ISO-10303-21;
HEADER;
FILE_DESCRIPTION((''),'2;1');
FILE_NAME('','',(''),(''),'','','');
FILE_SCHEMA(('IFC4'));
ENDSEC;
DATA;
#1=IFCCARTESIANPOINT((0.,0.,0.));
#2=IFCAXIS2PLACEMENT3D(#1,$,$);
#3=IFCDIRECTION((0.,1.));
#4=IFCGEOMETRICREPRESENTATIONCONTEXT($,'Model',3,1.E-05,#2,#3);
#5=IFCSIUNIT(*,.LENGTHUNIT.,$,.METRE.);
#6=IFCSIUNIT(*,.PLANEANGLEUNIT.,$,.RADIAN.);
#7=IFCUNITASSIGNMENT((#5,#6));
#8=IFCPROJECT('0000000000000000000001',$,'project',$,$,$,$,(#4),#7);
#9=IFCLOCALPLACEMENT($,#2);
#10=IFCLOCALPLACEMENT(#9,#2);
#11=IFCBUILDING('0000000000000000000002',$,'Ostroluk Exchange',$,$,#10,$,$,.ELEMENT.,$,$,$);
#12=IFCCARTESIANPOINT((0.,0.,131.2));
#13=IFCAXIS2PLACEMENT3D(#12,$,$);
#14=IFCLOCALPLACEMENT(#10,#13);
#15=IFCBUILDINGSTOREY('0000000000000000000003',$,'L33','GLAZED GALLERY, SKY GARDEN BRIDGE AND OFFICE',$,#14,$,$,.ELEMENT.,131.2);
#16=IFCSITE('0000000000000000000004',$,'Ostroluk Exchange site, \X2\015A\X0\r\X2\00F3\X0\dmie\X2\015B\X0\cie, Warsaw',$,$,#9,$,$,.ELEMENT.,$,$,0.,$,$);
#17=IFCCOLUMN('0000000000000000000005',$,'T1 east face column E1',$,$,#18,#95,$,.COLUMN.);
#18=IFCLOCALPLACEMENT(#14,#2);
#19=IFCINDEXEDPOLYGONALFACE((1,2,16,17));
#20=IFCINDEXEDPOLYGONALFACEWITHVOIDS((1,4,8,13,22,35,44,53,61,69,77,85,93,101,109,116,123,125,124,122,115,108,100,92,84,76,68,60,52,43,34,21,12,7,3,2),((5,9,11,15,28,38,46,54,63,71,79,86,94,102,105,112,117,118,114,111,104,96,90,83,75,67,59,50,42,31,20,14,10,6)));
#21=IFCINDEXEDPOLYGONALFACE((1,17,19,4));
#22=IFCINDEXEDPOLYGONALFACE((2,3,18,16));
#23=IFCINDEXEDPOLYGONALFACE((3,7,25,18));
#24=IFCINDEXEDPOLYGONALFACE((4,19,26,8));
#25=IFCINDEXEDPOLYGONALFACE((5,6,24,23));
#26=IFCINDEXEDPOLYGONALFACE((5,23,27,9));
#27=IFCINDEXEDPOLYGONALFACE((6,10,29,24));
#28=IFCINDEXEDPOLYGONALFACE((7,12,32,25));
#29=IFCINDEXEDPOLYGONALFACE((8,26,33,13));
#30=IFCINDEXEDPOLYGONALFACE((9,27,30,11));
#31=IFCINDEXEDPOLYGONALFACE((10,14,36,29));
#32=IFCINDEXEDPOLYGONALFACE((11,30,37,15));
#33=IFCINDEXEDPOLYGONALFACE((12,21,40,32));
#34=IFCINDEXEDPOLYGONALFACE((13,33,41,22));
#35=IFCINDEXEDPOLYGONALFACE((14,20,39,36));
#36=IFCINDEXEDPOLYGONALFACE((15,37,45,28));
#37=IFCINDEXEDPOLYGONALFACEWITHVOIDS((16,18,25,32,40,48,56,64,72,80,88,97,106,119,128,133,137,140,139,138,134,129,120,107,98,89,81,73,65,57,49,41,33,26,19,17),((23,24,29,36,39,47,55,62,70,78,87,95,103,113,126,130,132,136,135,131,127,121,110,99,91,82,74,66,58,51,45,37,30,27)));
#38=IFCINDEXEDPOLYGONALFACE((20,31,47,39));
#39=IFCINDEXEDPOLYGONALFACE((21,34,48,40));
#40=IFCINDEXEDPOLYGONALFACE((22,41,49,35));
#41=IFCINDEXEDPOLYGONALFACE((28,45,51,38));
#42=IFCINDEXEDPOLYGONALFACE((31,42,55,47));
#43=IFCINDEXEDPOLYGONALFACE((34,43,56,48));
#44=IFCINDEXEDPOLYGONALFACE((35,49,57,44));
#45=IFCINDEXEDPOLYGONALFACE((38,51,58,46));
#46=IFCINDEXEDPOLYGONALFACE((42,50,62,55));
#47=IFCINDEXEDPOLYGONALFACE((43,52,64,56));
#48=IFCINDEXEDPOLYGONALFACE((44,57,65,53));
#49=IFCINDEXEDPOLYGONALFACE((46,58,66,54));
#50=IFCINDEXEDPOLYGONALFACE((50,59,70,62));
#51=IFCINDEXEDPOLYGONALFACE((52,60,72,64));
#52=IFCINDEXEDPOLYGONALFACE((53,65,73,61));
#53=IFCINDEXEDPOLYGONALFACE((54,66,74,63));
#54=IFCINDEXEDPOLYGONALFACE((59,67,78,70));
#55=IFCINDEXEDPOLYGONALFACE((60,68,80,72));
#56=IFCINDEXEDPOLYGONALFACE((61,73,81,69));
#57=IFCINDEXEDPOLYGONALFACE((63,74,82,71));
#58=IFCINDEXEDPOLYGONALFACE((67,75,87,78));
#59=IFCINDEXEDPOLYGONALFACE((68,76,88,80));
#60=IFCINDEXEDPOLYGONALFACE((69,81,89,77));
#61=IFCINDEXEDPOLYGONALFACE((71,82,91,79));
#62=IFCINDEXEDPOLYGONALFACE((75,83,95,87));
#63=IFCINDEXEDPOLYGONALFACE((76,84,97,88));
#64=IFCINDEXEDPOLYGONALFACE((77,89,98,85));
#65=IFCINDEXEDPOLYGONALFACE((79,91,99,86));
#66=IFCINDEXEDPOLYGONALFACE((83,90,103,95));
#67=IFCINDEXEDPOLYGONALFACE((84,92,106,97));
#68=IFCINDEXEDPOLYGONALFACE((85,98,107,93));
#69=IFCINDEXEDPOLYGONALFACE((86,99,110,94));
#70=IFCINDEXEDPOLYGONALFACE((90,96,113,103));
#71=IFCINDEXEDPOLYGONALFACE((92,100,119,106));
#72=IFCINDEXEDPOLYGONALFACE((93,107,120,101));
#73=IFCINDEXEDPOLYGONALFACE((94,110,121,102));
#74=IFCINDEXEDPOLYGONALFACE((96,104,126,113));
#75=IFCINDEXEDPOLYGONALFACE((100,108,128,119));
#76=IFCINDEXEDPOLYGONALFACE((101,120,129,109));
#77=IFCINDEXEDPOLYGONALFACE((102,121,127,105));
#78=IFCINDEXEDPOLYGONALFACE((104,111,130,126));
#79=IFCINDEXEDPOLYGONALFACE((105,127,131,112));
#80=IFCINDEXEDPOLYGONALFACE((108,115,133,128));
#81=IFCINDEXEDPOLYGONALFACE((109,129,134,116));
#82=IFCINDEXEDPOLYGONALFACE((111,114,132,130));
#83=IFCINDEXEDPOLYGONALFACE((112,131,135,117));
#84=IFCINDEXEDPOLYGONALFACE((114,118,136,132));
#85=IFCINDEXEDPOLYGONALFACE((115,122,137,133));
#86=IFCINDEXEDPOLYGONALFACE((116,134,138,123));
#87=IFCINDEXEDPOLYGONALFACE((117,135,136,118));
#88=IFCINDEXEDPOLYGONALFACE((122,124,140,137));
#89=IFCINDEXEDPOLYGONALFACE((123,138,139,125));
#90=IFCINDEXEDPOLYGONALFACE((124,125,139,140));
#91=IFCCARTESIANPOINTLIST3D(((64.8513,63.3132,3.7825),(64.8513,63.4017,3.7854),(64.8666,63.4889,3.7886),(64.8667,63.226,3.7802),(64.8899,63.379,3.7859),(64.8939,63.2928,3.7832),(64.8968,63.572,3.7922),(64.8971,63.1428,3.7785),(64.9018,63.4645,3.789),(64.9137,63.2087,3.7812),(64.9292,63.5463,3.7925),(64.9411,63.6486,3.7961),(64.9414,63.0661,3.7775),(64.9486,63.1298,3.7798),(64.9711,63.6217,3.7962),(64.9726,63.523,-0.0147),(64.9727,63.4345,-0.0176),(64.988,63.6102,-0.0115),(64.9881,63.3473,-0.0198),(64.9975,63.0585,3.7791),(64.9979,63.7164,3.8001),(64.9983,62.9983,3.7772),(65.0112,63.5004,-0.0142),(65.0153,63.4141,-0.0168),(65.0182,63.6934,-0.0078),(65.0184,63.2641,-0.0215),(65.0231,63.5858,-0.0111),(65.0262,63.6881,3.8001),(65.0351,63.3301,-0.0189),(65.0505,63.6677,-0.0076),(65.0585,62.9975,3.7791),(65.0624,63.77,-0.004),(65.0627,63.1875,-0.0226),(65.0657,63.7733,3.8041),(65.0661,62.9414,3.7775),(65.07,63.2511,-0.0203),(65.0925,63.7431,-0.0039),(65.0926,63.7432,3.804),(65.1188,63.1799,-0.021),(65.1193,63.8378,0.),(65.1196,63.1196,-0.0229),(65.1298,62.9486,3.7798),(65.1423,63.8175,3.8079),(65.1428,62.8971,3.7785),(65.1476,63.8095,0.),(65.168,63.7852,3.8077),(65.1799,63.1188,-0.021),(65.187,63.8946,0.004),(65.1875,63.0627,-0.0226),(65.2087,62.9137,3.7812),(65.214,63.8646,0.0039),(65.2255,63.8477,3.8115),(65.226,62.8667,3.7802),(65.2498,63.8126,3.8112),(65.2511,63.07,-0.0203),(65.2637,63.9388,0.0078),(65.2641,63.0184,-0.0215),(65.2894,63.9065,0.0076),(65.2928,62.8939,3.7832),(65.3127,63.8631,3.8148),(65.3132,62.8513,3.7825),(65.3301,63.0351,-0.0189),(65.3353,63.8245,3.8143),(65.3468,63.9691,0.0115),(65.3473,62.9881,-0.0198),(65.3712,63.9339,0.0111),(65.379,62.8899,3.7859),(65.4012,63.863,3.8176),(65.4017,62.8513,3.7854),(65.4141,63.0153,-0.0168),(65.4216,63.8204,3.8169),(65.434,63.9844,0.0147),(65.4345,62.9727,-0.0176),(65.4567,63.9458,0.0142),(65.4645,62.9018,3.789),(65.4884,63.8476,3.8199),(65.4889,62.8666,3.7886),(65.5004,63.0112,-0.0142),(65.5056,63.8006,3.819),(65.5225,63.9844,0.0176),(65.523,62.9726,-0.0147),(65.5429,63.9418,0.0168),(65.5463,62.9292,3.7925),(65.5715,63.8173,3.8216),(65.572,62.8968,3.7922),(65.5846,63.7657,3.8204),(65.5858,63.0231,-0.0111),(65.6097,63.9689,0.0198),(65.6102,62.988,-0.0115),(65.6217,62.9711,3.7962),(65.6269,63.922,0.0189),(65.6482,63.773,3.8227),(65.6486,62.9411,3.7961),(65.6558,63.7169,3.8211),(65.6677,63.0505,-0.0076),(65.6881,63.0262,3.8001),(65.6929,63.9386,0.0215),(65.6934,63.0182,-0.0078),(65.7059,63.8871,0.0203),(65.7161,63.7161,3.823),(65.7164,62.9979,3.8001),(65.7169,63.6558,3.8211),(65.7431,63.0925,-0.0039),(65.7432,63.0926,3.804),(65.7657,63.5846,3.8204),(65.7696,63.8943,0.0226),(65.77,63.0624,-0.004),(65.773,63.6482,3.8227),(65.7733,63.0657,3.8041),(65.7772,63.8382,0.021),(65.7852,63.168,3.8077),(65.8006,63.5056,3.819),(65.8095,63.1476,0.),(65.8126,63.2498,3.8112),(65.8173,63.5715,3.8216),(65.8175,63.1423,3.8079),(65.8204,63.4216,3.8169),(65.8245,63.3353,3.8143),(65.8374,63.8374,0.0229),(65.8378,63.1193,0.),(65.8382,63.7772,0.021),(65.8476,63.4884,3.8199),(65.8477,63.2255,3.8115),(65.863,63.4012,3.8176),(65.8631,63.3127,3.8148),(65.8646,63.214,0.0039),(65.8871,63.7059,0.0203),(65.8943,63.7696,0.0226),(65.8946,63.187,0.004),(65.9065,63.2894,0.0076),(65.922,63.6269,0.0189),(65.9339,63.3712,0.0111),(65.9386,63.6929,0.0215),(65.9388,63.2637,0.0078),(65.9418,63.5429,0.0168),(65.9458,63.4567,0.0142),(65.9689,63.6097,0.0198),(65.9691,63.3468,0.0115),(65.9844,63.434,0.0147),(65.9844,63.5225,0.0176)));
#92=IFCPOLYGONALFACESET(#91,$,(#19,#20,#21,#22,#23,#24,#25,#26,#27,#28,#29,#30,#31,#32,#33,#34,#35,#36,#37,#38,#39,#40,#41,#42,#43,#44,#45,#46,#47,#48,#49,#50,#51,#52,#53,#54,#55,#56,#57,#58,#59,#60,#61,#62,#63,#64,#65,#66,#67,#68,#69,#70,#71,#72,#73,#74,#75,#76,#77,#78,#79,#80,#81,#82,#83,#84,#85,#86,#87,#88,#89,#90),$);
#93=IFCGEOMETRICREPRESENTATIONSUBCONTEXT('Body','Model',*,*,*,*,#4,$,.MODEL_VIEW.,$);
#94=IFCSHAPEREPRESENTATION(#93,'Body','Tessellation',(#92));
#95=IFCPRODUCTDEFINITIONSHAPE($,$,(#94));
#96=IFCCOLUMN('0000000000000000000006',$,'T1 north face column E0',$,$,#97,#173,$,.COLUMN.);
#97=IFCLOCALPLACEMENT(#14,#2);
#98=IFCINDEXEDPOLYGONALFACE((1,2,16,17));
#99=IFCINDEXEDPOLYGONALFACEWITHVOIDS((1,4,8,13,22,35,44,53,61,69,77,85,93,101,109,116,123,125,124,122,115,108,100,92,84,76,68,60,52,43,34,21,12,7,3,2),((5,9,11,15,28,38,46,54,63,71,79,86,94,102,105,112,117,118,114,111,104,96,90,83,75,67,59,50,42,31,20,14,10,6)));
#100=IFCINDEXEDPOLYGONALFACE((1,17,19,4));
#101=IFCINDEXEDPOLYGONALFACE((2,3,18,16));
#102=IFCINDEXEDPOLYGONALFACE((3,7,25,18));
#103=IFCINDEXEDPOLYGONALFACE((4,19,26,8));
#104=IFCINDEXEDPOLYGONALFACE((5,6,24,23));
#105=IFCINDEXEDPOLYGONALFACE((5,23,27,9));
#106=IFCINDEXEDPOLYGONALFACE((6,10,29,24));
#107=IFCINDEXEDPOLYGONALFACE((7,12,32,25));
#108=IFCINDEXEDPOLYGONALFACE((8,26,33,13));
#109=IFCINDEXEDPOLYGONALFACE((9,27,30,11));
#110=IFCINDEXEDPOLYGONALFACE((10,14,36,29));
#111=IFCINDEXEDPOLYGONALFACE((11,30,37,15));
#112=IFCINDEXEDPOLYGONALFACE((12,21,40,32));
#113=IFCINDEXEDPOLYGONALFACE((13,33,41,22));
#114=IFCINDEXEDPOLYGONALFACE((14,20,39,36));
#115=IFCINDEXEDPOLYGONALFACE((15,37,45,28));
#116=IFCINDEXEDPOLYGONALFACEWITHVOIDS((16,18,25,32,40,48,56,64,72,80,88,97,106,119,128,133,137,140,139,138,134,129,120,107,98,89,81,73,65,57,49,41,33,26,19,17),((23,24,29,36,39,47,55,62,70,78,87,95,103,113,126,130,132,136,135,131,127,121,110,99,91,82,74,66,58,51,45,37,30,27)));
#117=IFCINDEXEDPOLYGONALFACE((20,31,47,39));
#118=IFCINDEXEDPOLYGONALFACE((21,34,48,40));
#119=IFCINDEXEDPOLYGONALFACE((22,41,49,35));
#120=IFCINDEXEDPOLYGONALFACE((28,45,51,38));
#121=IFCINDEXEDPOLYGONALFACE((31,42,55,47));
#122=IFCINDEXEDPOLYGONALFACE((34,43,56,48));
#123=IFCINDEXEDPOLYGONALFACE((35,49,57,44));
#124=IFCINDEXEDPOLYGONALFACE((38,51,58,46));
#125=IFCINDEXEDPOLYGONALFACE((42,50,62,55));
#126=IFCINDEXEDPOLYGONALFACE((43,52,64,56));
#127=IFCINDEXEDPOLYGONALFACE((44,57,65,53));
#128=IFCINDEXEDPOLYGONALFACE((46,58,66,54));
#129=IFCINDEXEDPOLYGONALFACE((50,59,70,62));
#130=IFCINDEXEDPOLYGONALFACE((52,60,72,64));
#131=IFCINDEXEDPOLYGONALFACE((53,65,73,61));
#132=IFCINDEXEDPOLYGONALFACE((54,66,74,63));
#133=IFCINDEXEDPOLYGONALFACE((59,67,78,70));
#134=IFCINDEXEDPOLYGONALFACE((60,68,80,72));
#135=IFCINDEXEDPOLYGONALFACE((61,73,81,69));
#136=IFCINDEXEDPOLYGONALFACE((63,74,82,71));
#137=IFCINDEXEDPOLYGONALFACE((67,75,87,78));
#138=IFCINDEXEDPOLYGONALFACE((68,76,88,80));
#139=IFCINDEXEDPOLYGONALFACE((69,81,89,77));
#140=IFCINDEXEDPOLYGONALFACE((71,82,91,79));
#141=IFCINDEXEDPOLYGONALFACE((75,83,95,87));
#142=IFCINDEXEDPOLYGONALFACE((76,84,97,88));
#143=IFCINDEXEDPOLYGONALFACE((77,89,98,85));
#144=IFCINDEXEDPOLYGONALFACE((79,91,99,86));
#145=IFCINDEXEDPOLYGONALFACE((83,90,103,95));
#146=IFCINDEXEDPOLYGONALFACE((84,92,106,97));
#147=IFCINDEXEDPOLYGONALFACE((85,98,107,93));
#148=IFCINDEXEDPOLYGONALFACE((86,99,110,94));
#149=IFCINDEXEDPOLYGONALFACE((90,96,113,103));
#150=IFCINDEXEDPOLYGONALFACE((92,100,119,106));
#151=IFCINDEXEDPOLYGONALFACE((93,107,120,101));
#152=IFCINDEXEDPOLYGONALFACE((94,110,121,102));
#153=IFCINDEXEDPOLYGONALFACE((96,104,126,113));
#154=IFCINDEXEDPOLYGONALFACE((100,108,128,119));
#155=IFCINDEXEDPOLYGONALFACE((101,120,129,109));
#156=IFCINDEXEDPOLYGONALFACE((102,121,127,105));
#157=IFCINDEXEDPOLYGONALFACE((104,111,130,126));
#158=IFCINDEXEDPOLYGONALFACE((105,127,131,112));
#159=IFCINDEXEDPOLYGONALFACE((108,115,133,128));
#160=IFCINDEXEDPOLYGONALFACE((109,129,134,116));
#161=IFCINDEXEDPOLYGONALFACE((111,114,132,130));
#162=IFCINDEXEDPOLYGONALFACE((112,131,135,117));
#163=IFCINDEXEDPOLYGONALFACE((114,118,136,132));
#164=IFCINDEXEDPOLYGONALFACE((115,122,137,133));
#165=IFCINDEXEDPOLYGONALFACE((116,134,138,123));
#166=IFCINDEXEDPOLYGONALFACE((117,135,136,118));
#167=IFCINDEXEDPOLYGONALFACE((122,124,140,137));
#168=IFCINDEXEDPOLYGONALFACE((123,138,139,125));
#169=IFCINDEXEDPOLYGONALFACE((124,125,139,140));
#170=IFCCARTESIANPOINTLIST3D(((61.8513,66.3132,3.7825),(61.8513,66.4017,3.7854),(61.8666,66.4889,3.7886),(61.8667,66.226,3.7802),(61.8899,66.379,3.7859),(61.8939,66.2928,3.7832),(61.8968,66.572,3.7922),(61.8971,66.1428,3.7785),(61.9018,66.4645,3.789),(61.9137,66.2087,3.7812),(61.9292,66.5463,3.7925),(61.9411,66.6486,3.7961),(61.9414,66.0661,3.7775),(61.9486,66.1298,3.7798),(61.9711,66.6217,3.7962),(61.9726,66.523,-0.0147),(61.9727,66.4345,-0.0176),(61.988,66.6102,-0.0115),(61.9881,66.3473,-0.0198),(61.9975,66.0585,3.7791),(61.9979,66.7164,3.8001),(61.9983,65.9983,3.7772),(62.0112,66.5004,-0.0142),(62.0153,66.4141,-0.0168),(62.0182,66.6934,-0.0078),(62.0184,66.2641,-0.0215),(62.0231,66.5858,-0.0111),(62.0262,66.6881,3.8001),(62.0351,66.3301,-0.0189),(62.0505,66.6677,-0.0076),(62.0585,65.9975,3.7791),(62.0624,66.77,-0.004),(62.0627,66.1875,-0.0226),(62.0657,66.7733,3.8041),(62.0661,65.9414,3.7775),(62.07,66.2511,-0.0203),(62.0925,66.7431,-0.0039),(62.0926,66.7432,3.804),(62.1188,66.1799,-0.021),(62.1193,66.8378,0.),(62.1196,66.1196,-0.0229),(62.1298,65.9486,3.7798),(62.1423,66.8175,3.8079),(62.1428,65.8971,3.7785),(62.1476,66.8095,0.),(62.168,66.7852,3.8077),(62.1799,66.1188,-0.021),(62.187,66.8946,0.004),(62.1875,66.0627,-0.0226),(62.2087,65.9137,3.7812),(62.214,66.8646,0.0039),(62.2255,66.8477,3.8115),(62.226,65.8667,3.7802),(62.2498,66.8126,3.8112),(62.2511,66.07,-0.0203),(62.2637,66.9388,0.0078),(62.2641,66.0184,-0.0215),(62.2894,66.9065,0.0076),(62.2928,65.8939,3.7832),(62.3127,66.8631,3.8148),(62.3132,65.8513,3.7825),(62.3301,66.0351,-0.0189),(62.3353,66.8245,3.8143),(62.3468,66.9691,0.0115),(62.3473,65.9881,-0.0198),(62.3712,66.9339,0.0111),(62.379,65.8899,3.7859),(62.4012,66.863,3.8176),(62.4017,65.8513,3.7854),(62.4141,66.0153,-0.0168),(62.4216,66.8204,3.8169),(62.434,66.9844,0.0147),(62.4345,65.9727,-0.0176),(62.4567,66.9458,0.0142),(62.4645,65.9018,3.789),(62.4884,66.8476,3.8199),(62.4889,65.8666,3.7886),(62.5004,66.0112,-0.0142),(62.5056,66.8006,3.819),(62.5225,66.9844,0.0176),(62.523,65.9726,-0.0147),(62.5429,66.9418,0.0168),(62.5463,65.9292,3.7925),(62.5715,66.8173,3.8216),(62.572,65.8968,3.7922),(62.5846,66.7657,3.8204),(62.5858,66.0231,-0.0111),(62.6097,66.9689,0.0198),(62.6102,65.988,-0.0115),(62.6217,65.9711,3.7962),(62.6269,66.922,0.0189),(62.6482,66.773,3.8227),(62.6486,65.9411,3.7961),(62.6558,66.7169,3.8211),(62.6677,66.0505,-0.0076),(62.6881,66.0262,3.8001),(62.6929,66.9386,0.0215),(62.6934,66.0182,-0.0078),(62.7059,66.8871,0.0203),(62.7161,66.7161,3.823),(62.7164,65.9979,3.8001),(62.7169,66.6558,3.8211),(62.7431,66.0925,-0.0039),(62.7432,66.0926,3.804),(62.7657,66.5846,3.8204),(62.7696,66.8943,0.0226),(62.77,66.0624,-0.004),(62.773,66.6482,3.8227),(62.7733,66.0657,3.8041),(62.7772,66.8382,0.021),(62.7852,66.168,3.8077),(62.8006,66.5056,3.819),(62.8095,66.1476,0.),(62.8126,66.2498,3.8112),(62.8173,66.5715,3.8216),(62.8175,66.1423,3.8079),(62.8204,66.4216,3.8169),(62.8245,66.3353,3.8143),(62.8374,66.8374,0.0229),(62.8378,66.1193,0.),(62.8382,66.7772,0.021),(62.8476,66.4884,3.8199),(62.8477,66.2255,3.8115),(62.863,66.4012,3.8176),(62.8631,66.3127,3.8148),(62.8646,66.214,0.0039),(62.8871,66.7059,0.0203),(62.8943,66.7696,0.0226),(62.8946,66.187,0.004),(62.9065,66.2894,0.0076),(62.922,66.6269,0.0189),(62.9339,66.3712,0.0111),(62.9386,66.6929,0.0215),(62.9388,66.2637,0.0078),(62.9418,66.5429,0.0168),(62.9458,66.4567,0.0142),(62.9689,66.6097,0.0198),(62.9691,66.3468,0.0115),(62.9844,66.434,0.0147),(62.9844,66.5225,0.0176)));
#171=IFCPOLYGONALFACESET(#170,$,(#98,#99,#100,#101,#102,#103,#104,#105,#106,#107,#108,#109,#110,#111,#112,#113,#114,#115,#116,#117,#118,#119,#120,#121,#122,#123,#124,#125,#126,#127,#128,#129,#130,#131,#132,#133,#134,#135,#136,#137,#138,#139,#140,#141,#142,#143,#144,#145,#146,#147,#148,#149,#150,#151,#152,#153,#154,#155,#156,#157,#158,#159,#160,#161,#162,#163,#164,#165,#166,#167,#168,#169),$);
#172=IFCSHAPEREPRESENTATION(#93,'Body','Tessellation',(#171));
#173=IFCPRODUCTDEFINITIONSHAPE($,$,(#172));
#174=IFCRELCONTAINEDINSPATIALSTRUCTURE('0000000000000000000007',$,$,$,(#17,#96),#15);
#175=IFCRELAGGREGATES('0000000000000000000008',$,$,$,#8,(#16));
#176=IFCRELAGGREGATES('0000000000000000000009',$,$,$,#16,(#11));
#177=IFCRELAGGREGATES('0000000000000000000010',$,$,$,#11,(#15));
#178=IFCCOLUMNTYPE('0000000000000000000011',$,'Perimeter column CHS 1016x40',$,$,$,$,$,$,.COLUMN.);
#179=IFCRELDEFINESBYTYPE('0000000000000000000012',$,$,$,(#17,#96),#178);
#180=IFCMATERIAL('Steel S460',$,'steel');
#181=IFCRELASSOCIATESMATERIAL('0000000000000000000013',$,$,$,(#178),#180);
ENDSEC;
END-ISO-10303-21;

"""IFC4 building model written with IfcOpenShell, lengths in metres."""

from ifc_helpers import new_model, si_unit, direction, frame, origin, origin_2d, place, context, subcontext, project, spatial, hollow_circle, extrude, material, material_profile, profile_set, type_object, element, save


model = new_model("IFC4")

# Units and contexts
model_context = context("Model", 3, precision=1e-05, world=origin(), true_north=direction((0.0, 1.0)))
body_context = subcontext(model_context, "Body", "Model", "MODEL_VIEW")
ifc_project = project(units=[si_unit("LENGTHUNIT", "METRE"), si_unit("PLANEANGLEUNIT", "RADIAN")], contexts=[model_context])

# Site, building, storey
site_placement = place(None, origin())
site = spatial("IfcSite", under=ifc_project, at=site_placement, Name="Ostroluk Exchange site, Śródmieście, Warsaw", CompositionType="ELEMENT", RefElevation=0.0)
building_placement = place(site_placement, origin())
building = spatial("IfcBuilding", under=site, at=building_placement, Name="Ostroluk Exchange", CompositionType="ELEMENT")
storey_placement = place(building_placement, frame((0.0, 0.0, 131.2)))
storey = spatial("IfcBuildingStorey", under=building, at=storey_placement, Name="L33", Description="GLAZED GALLERY, SKY GARDEN BRIDGE AND OFFICE", CompositionType="ELEMENT", Elevation=131.2)

# Columns
ifc_material_1 = material(Name="Steel S460", Category="steel")
ifc_material_profile_1 = material_profile(ifc_material_1, hollow_circle(Radius=0.5081, WallThickness=0.04, at=origin_2d()), Name="CHS 1016x40")
ifc_profile_set_1 = profile_set([ifc_material_profile_1], Name="Steel S460")
column_type = type_object("IfcColumnType", Name="Perimeter column CHS 1016x40", PredefinedType="COLUMN", material=ifc_profile_set_1)
for number, where, z_axis, x_axis, name in (
    (1, (65.4785, 63.4785, 0.0), (-0.031898, -0.031898, 0.998982), (0.707107, -0.707107, 0.0), "T1 east face column E1"),
    (2, (62.4785, 66.4785, 0.0), (-0.031898, -0.031898, 0.998982), (0.707107, -0.707107, 0.0), "T1 north face column E0"),
):
    element("IfcColumn", number, at=place(storey_placement, frame(where, z_axis=z_axis, x_axis=x_axis)), inside=storey, type_object=column_type, Name=name, PredefinedType="COLUMN", context=body_context, shape_type="SweptSolid", body=[
        extrude(hollow_circle(Radius=0.5081, WallThickness=0.04, at=origin_2d()), origin(), (0.0, 0.0, 1.0), 3.804),
    ])

save(model, "model.ifc")
